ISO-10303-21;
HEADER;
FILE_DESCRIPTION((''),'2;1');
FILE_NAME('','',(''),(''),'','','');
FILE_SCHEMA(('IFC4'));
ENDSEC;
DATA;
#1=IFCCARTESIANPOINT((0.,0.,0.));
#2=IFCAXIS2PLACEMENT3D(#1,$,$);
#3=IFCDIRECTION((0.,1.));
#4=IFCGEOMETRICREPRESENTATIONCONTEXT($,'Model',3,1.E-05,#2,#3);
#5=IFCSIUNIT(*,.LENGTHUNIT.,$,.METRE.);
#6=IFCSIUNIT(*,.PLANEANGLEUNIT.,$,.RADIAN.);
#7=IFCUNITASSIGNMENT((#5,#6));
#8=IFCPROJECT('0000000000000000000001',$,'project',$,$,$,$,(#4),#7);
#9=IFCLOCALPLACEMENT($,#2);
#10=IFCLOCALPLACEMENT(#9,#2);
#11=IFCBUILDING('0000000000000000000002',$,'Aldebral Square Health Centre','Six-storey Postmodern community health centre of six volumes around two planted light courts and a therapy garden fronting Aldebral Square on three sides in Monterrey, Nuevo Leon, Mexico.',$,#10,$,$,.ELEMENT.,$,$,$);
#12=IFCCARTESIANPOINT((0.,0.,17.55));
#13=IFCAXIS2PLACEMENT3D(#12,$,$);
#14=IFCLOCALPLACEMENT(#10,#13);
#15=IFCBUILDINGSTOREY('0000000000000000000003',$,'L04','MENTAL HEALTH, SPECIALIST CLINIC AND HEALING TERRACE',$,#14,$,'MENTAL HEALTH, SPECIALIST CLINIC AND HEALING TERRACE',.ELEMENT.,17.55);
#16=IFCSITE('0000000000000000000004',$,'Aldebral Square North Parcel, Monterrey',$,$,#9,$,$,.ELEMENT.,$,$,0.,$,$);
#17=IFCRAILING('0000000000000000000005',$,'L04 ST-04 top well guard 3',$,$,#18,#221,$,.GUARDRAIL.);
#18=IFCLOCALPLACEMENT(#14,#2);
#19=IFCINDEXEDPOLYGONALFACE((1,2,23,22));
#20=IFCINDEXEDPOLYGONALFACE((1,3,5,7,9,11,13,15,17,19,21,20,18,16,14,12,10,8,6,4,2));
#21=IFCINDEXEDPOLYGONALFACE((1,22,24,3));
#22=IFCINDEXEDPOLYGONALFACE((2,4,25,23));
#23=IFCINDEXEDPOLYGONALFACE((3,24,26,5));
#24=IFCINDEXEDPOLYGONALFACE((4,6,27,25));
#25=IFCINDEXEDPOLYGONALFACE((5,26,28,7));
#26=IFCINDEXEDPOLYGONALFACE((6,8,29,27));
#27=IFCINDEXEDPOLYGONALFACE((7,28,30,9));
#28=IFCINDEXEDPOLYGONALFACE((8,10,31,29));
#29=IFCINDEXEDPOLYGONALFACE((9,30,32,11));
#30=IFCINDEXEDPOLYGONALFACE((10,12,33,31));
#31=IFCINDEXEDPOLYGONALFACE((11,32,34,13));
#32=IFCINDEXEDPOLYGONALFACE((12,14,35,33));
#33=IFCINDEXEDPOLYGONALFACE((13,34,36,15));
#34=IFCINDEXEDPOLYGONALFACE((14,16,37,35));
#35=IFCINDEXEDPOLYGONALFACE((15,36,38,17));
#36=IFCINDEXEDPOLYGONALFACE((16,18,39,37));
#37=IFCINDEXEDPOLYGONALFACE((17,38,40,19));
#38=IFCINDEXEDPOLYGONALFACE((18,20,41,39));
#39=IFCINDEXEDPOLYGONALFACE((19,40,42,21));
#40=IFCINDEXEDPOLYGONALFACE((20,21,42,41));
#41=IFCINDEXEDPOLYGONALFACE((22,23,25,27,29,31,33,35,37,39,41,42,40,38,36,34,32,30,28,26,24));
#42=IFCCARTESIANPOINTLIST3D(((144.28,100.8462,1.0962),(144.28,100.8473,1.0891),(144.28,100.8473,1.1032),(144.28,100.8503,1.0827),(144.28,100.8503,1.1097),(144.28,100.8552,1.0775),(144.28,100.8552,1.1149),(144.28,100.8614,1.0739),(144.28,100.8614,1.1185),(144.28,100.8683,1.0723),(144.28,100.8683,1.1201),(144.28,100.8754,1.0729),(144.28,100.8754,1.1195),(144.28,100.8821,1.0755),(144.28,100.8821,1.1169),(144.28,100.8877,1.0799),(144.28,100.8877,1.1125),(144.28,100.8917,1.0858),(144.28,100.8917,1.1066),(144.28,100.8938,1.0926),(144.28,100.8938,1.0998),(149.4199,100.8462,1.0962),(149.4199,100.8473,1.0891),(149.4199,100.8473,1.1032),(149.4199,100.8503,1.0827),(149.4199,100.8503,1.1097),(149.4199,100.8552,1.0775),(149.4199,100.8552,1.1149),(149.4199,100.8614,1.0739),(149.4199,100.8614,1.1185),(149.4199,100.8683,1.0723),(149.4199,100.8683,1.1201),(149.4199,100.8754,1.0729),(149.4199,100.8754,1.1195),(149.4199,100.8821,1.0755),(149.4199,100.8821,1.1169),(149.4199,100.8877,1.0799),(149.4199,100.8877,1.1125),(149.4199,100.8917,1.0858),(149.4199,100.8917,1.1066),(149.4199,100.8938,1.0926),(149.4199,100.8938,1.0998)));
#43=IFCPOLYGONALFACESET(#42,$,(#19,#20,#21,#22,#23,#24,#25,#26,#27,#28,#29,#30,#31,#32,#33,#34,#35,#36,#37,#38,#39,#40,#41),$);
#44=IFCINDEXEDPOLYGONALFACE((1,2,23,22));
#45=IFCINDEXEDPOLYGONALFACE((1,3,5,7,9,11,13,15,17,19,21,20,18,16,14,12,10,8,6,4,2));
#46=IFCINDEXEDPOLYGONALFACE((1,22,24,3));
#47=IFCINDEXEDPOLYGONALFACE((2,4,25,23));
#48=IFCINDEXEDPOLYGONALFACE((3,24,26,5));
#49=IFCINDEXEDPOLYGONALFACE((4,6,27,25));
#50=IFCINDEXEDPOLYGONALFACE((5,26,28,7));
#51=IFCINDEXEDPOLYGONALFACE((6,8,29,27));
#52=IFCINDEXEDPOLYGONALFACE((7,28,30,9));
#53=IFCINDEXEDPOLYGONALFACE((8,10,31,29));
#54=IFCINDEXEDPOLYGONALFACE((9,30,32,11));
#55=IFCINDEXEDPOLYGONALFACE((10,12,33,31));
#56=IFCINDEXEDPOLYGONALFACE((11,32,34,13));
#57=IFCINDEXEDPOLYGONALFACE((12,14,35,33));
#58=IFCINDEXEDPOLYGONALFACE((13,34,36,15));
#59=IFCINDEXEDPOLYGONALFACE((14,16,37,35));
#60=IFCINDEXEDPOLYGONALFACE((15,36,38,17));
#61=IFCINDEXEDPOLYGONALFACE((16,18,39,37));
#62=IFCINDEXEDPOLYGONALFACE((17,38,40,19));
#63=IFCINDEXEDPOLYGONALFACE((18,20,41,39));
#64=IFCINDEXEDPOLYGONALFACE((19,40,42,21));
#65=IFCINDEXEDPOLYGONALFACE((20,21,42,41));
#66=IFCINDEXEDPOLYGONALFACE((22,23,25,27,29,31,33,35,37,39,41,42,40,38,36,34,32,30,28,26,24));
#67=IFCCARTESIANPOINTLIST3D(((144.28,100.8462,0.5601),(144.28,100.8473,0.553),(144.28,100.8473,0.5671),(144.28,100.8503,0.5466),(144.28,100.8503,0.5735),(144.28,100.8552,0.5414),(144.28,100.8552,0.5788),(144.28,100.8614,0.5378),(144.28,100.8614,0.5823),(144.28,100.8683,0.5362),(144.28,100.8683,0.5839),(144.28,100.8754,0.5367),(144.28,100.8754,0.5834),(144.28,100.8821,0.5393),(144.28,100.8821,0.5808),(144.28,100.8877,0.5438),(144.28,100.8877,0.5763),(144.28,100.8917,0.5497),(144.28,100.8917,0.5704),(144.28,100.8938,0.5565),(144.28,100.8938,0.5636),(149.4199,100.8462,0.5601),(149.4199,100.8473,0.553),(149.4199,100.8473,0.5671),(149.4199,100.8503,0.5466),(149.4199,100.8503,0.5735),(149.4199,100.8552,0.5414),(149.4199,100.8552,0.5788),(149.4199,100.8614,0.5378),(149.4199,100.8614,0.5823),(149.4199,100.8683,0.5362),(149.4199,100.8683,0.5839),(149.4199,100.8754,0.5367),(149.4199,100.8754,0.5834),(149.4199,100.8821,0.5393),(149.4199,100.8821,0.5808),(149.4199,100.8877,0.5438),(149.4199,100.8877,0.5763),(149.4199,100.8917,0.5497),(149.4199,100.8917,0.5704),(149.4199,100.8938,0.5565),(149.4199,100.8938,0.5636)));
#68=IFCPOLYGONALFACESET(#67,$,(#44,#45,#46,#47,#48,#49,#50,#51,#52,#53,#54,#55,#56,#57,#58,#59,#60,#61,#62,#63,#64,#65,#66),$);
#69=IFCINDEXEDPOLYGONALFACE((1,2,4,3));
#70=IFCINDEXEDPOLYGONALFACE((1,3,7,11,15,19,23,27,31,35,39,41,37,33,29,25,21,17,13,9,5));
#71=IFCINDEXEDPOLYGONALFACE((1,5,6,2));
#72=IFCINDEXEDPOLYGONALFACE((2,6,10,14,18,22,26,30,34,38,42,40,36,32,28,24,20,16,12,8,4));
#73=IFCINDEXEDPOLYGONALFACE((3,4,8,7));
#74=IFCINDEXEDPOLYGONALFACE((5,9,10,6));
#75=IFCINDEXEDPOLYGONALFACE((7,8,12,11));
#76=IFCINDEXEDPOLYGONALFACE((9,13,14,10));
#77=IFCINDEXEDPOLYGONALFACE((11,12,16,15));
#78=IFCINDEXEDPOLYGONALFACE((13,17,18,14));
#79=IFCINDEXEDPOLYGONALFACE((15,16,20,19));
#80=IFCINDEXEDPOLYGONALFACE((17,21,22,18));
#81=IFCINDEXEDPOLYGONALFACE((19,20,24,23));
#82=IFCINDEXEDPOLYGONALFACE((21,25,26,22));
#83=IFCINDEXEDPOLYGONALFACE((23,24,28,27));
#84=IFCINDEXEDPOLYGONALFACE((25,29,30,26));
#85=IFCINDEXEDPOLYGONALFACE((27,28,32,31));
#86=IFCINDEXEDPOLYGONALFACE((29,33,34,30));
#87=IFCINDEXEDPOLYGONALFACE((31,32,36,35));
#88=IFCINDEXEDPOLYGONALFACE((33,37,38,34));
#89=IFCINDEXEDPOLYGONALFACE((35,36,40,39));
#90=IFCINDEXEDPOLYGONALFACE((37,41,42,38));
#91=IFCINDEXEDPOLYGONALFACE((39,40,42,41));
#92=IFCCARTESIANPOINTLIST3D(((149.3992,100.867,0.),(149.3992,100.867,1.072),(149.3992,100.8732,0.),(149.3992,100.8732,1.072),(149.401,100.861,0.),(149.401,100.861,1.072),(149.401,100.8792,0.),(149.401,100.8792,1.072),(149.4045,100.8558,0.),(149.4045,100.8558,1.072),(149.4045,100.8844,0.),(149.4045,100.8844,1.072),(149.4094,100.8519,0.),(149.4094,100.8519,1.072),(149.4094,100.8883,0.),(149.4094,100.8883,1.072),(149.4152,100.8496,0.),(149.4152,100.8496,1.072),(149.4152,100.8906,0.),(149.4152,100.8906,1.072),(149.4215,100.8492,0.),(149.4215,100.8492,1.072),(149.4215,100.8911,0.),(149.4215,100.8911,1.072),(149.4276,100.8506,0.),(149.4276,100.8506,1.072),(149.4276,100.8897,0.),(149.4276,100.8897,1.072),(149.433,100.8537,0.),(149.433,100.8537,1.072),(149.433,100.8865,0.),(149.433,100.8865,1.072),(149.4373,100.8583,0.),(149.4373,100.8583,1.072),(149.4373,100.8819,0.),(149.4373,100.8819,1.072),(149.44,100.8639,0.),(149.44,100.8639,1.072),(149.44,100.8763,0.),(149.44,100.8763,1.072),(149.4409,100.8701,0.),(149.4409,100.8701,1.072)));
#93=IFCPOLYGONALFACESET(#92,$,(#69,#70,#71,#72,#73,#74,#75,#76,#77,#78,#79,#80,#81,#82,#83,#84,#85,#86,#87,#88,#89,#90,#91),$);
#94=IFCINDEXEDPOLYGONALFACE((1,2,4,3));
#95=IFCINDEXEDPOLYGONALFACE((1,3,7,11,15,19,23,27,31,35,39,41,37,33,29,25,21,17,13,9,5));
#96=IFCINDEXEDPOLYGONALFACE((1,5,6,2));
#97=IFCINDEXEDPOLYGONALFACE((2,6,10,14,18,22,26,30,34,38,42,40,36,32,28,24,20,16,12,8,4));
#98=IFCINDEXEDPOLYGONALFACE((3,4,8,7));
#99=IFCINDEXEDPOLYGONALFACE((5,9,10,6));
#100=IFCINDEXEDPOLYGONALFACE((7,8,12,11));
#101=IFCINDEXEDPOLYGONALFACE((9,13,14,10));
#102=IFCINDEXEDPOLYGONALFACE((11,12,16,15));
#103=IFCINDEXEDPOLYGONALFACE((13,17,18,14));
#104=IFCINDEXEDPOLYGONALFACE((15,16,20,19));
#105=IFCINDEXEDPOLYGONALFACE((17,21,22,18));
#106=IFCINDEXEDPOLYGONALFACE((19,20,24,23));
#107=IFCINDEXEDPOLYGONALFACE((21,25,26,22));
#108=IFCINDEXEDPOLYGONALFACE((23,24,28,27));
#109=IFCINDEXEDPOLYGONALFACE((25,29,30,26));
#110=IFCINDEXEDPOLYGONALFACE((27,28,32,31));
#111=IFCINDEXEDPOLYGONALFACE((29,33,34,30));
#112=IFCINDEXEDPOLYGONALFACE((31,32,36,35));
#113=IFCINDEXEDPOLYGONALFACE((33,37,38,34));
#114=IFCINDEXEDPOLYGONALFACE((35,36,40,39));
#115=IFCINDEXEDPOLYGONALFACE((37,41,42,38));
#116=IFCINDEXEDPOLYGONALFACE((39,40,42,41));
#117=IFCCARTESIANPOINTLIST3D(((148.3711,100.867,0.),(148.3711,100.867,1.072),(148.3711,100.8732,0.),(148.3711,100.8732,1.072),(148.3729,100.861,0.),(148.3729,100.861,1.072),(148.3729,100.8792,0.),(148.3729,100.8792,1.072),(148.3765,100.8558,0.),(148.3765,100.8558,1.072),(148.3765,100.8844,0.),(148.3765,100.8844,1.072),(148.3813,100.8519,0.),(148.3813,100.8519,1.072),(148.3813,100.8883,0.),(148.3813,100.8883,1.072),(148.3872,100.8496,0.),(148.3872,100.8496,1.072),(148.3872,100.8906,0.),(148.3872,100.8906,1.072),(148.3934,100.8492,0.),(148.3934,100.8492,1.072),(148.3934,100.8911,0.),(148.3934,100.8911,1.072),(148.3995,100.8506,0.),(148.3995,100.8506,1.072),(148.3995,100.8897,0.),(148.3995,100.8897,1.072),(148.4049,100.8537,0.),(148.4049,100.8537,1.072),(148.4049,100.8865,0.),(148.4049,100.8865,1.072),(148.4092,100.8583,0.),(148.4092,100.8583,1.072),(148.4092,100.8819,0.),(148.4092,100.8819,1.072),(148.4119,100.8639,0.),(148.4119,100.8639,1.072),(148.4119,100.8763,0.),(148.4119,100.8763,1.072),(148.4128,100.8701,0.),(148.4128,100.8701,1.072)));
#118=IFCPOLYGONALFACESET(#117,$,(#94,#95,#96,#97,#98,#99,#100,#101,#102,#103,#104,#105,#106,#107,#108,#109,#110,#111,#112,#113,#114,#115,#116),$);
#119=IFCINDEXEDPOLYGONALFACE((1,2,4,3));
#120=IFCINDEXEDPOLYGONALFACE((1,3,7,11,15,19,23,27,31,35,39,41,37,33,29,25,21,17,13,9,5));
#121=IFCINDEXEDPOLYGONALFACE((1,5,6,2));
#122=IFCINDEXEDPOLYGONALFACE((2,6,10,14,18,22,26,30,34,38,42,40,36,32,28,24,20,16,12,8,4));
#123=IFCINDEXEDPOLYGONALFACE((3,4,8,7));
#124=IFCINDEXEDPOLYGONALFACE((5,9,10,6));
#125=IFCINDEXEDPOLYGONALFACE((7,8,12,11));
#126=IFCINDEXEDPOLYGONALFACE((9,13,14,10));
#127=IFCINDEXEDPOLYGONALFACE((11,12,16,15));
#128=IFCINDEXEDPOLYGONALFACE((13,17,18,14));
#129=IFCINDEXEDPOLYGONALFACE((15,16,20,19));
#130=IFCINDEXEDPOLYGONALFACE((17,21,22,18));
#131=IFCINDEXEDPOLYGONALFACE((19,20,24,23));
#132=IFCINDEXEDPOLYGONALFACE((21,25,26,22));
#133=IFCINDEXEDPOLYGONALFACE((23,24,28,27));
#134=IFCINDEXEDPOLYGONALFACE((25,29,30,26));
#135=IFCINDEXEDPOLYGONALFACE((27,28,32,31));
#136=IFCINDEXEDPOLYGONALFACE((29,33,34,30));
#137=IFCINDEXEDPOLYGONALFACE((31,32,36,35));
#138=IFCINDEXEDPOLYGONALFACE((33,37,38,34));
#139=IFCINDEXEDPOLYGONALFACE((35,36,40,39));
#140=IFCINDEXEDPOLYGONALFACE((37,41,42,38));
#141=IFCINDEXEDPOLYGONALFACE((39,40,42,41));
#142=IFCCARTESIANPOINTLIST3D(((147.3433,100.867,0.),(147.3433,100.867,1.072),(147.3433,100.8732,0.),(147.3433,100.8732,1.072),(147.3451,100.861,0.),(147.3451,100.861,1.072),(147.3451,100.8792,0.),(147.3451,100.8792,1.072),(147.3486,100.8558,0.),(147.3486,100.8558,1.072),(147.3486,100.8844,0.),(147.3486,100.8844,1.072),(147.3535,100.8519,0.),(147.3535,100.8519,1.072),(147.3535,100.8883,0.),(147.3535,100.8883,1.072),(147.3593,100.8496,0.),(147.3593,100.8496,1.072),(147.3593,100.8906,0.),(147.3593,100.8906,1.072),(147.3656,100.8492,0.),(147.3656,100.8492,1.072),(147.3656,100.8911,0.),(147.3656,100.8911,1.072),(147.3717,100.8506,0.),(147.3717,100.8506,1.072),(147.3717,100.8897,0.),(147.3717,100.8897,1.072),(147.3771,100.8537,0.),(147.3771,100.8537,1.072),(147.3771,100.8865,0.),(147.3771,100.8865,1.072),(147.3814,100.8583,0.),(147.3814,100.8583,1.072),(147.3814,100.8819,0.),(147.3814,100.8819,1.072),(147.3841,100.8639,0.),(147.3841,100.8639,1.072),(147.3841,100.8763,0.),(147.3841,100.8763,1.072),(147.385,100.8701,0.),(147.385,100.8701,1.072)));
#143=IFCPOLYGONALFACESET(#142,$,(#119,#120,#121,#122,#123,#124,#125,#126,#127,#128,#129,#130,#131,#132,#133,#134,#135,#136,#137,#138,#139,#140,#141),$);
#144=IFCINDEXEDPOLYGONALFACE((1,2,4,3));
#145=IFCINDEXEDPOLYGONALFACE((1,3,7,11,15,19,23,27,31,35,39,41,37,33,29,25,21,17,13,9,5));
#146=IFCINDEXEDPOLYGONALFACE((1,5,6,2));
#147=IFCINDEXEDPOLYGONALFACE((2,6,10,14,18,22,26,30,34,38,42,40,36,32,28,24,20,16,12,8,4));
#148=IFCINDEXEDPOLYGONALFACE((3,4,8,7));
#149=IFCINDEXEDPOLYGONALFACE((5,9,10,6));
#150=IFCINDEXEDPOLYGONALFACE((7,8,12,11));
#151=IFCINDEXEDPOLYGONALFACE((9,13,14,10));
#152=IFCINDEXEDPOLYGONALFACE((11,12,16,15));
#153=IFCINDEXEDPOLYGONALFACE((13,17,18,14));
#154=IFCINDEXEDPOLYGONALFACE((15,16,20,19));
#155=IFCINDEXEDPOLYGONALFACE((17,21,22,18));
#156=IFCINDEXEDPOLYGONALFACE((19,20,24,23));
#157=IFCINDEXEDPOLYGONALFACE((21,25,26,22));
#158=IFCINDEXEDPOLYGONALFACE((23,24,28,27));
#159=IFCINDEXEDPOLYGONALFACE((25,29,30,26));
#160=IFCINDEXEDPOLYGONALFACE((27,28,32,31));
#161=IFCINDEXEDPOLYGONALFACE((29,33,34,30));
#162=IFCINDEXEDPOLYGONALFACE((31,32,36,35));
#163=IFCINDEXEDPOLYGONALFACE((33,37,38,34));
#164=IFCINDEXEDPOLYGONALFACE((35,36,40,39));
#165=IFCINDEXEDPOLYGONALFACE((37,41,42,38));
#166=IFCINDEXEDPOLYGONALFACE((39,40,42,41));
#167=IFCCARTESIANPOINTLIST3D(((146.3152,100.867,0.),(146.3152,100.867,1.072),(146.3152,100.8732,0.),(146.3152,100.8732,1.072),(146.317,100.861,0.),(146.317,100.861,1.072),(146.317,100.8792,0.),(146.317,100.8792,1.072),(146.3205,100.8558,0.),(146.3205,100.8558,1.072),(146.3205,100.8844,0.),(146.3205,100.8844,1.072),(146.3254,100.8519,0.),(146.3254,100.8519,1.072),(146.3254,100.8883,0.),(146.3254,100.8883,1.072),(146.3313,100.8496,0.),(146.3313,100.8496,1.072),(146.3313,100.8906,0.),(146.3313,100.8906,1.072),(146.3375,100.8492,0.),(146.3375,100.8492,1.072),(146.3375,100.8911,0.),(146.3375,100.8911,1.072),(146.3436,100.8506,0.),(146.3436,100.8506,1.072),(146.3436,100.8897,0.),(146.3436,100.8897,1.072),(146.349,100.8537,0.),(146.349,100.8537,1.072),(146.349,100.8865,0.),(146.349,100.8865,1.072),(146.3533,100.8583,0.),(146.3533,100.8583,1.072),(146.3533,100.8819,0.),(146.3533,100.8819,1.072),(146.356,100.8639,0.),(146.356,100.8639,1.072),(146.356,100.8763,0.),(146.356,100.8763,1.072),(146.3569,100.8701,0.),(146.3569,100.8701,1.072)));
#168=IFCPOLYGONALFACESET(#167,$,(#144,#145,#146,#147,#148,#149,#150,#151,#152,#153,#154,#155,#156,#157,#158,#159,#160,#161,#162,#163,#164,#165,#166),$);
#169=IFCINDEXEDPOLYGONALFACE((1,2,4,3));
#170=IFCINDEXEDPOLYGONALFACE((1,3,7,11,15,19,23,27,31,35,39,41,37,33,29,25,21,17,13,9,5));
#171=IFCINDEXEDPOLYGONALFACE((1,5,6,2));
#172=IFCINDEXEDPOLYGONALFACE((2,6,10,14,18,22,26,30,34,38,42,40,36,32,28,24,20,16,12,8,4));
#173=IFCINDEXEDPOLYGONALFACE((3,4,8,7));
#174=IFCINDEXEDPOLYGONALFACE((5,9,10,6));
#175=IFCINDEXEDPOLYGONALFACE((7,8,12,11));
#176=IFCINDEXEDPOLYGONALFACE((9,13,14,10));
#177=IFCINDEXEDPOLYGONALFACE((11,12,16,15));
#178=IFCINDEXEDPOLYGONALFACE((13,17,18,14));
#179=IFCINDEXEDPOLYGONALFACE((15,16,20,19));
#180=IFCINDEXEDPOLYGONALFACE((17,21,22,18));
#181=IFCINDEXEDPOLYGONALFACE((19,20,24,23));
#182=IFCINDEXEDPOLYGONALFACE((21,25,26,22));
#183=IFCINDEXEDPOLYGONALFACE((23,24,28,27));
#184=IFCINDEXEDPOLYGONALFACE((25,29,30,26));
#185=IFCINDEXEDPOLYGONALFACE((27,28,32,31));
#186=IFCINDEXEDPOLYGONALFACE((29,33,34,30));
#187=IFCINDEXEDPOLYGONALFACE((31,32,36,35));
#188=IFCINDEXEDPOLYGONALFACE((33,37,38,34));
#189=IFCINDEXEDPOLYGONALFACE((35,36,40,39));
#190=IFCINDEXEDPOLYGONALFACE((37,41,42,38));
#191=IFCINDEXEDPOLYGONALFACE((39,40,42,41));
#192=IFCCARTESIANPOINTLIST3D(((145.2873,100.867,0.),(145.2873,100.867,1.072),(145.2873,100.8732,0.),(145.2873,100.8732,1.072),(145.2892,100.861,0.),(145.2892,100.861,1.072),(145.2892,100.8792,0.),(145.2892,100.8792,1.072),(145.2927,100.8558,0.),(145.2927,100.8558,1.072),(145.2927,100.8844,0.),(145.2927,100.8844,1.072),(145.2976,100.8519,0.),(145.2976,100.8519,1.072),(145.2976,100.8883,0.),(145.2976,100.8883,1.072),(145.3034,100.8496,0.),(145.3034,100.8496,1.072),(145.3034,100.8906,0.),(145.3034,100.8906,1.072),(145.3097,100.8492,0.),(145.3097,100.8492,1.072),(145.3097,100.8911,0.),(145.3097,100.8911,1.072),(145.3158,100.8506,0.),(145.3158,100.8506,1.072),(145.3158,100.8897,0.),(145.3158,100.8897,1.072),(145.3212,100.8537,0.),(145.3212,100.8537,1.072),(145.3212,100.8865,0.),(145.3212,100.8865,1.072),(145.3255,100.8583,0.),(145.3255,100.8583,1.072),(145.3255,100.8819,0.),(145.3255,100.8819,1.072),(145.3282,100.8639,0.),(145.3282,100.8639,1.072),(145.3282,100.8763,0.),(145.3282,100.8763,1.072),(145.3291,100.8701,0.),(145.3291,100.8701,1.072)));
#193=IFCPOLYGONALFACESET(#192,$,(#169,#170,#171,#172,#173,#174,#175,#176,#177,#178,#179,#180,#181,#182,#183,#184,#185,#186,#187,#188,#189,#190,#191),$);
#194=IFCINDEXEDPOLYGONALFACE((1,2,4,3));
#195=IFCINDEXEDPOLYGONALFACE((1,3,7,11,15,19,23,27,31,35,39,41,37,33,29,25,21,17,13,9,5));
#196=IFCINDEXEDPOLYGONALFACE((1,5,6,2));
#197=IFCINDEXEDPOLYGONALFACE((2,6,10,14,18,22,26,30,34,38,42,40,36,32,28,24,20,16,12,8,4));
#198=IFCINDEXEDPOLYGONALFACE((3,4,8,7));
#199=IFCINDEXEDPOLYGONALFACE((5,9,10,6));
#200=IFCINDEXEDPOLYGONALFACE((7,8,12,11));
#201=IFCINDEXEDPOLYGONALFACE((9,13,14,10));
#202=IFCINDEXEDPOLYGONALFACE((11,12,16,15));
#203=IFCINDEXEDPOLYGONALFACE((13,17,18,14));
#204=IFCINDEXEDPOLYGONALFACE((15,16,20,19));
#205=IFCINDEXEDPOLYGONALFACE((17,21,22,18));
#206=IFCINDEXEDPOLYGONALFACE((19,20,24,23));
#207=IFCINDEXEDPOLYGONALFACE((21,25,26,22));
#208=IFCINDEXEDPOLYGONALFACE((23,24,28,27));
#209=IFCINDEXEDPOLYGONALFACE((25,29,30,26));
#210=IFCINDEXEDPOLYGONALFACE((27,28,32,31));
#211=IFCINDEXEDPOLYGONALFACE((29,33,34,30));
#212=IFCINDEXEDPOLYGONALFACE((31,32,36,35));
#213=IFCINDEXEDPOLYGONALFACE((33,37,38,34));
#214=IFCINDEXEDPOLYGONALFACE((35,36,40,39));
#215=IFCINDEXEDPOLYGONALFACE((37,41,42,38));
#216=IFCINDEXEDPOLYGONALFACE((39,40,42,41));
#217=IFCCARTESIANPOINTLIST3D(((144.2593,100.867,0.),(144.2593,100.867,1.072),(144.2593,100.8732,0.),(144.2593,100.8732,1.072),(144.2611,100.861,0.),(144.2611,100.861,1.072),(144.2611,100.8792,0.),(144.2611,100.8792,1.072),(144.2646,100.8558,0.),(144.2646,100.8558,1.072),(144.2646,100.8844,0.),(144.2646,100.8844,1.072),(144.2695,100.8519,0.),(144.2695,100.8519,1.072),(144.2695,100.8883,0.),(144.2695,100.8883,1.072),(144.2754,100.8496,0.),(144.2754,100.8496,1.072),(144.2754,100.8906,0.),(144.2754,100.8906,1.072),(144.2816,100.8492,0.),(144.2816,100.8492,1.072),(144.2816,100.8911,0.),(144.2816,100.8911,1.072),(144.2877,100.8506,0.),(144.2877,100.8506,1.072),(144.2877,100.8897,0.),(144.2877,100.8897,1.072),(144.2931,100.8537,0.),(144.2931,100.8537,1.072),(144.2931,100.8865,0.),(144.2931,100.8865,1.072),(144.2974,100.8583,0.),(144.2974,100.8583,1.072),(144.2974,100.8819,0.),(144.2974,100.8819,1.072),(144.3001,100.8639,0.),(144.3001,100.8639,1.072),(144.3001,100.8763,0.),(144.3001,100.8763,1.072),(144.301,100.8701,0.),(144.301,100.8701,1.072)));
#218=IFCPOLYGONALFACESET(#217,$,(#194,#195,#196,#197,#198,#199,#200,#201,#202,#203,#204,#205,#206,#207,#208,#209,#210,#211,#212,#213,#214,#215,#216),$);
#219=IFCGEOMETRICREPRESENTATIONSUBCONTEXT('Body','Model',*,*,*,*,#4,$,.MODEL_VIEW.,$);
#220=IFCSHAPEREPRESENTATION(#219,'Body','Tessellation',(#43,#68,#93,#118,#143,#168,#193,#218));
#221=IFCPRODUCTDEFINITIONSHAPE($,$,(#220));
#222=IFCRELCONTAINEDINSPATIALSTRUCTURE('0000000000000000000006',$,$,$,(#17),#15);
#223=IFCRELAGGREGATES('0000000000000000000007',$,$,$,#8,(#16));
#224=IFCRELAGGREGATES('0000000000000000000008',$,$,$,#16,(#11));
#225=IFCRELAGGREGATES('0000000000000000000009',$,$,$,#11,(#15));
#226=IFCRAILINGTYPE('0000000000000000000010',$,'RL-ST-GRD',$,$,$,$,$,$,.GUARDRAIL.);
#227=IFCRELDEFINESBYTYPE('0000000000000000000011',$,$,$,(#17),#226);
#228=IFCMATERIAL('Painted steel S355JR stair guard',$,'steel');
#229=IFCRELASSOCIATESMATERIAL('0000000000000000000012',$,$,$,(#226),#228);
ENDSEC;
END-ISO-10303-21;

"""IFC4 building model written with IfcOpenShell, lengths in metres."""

from ifc_helpers import new_model, si_unit, direction, frame, origin, origin_2d, place, context, subcontext, project, spatial, circle, extrude, material, type_object, element, save


model = new_model("IFC4")

# Units and contexts
model_context = context("Model", 3, precision=1e-05, world=origin(), true_north=direction((0.0, 1.0)))
body_context = subcontext(model_context, "Body", "Model", "MODEL_VIEW")
ifc_project = project(units=[si_unit("LENGTHUNIT", "METRE"), si_unit("PLANEANGLEUNIT", "RADIAN")], contexts=[model_context])

# Site, building, storey
site_placement = place(None, origin())
site = spatial("IfcSite", under=ifc_project, at=site_placement, Name="Aldebral Square North Parcel, Monterrey", CompositionType="ELEMENT", RefElevation=0.0)
building_placement = place(site_placement, origin())
building = spatial("IfcBuilding", under=site, at=building_placement, Name="Aldebral Square Health Centre", Description="Six-storey Postmodern community health centre of six volumes around two planted light courts and a therapy garden fronting Aldebral Square on three sides in Monterrey, Nuevo Leon, Mexico.", CompositionType="ELEMENT")
storey_placement = place(building_placement, frame((0.0, 0.0, 17.55)))
storey = spatial("IfcBuildingStorey", under=building, at=storey_placement, Name="L04", Description="MENTAL HEALTH, SPECIALIST CLINIC AND HEALING TERRACE", LongName="MENTAL HEALTH, SPECIALIST CLINIC AND HEALING TERRACE", CompositionType="ELEMENT", Elevation=17.55)

# Railing
ifc_material_1 = material(Name="Painted steel S355JR stair guard", Category="steel")
railing_type = type_object("IfcRailingType", Name="RL-ST-GRD", PredefinedType="GUARDRAIL", material=ifc_material_1)
railing_placement = place(storey_placement, frame((149.4199, 100.8701, 0.0)))
element("IfcRailing", 1, at=railing_placement, inside=storey, type_object=railing_type, Name="L04 ST-04 top well guard 3", PredefinedType="GUARDRAIL", context=body_context, shape_type="SweptSolid", body=[
    extrude(circle(Radius=0.0239, at=origin_2d()), frame((0.0, 0.0, 1.0962), z_axis=(-1.0, 0.0, 0.0), x_axis=(0.0, -1.0, 0.0)), (0.0, 0.0, 1.0), 5.1399),
    extrude(circle(Radius=0.0239, at=origin_2d()), frame((0.0, 0.0, 0.5601), z_axis=(-1.0, 0.0, 0.0), x_axis=(0.0, -1.0, 0.0)), (0.0, 0.0, 1.0), 5.1399),
    extrude(circle(Radius=0.021, at=origin_2d()), origin(), (0.0, 0.0, 1.0), 1.072),
    extrude(circle(Radius=0.021, at=origin_2d()), frame((-1.0281, 0.0, 0.0)), (0.0, 0.0, 1.0), 1.072),
    extrude(circle(Radius=0.021, at=origin_2d()), frame((-2.0559, 0.0, 0.0)), (0.0, 0.0, 1.0), 1.072),
    extrude(circle(Radius=0.021, at=origin_2d()), frame((-3.084, 0.0, 0.0)), (0.0, 0.0, 1.0), 1.072),
    extrude(circle(Radius=0.021, at=origin_2d()), frame((-4.1118, 0.0, 0.0)), (0.0, 0.0, 1.0), 1.072),
    extrude(circle(Radius=0.021, at=origin_2d()), frame((-5.1399, 0.0, 0.0)), (0.0, 0.0, 1.0), 1.072),
])

save(model, "model.ifc")
